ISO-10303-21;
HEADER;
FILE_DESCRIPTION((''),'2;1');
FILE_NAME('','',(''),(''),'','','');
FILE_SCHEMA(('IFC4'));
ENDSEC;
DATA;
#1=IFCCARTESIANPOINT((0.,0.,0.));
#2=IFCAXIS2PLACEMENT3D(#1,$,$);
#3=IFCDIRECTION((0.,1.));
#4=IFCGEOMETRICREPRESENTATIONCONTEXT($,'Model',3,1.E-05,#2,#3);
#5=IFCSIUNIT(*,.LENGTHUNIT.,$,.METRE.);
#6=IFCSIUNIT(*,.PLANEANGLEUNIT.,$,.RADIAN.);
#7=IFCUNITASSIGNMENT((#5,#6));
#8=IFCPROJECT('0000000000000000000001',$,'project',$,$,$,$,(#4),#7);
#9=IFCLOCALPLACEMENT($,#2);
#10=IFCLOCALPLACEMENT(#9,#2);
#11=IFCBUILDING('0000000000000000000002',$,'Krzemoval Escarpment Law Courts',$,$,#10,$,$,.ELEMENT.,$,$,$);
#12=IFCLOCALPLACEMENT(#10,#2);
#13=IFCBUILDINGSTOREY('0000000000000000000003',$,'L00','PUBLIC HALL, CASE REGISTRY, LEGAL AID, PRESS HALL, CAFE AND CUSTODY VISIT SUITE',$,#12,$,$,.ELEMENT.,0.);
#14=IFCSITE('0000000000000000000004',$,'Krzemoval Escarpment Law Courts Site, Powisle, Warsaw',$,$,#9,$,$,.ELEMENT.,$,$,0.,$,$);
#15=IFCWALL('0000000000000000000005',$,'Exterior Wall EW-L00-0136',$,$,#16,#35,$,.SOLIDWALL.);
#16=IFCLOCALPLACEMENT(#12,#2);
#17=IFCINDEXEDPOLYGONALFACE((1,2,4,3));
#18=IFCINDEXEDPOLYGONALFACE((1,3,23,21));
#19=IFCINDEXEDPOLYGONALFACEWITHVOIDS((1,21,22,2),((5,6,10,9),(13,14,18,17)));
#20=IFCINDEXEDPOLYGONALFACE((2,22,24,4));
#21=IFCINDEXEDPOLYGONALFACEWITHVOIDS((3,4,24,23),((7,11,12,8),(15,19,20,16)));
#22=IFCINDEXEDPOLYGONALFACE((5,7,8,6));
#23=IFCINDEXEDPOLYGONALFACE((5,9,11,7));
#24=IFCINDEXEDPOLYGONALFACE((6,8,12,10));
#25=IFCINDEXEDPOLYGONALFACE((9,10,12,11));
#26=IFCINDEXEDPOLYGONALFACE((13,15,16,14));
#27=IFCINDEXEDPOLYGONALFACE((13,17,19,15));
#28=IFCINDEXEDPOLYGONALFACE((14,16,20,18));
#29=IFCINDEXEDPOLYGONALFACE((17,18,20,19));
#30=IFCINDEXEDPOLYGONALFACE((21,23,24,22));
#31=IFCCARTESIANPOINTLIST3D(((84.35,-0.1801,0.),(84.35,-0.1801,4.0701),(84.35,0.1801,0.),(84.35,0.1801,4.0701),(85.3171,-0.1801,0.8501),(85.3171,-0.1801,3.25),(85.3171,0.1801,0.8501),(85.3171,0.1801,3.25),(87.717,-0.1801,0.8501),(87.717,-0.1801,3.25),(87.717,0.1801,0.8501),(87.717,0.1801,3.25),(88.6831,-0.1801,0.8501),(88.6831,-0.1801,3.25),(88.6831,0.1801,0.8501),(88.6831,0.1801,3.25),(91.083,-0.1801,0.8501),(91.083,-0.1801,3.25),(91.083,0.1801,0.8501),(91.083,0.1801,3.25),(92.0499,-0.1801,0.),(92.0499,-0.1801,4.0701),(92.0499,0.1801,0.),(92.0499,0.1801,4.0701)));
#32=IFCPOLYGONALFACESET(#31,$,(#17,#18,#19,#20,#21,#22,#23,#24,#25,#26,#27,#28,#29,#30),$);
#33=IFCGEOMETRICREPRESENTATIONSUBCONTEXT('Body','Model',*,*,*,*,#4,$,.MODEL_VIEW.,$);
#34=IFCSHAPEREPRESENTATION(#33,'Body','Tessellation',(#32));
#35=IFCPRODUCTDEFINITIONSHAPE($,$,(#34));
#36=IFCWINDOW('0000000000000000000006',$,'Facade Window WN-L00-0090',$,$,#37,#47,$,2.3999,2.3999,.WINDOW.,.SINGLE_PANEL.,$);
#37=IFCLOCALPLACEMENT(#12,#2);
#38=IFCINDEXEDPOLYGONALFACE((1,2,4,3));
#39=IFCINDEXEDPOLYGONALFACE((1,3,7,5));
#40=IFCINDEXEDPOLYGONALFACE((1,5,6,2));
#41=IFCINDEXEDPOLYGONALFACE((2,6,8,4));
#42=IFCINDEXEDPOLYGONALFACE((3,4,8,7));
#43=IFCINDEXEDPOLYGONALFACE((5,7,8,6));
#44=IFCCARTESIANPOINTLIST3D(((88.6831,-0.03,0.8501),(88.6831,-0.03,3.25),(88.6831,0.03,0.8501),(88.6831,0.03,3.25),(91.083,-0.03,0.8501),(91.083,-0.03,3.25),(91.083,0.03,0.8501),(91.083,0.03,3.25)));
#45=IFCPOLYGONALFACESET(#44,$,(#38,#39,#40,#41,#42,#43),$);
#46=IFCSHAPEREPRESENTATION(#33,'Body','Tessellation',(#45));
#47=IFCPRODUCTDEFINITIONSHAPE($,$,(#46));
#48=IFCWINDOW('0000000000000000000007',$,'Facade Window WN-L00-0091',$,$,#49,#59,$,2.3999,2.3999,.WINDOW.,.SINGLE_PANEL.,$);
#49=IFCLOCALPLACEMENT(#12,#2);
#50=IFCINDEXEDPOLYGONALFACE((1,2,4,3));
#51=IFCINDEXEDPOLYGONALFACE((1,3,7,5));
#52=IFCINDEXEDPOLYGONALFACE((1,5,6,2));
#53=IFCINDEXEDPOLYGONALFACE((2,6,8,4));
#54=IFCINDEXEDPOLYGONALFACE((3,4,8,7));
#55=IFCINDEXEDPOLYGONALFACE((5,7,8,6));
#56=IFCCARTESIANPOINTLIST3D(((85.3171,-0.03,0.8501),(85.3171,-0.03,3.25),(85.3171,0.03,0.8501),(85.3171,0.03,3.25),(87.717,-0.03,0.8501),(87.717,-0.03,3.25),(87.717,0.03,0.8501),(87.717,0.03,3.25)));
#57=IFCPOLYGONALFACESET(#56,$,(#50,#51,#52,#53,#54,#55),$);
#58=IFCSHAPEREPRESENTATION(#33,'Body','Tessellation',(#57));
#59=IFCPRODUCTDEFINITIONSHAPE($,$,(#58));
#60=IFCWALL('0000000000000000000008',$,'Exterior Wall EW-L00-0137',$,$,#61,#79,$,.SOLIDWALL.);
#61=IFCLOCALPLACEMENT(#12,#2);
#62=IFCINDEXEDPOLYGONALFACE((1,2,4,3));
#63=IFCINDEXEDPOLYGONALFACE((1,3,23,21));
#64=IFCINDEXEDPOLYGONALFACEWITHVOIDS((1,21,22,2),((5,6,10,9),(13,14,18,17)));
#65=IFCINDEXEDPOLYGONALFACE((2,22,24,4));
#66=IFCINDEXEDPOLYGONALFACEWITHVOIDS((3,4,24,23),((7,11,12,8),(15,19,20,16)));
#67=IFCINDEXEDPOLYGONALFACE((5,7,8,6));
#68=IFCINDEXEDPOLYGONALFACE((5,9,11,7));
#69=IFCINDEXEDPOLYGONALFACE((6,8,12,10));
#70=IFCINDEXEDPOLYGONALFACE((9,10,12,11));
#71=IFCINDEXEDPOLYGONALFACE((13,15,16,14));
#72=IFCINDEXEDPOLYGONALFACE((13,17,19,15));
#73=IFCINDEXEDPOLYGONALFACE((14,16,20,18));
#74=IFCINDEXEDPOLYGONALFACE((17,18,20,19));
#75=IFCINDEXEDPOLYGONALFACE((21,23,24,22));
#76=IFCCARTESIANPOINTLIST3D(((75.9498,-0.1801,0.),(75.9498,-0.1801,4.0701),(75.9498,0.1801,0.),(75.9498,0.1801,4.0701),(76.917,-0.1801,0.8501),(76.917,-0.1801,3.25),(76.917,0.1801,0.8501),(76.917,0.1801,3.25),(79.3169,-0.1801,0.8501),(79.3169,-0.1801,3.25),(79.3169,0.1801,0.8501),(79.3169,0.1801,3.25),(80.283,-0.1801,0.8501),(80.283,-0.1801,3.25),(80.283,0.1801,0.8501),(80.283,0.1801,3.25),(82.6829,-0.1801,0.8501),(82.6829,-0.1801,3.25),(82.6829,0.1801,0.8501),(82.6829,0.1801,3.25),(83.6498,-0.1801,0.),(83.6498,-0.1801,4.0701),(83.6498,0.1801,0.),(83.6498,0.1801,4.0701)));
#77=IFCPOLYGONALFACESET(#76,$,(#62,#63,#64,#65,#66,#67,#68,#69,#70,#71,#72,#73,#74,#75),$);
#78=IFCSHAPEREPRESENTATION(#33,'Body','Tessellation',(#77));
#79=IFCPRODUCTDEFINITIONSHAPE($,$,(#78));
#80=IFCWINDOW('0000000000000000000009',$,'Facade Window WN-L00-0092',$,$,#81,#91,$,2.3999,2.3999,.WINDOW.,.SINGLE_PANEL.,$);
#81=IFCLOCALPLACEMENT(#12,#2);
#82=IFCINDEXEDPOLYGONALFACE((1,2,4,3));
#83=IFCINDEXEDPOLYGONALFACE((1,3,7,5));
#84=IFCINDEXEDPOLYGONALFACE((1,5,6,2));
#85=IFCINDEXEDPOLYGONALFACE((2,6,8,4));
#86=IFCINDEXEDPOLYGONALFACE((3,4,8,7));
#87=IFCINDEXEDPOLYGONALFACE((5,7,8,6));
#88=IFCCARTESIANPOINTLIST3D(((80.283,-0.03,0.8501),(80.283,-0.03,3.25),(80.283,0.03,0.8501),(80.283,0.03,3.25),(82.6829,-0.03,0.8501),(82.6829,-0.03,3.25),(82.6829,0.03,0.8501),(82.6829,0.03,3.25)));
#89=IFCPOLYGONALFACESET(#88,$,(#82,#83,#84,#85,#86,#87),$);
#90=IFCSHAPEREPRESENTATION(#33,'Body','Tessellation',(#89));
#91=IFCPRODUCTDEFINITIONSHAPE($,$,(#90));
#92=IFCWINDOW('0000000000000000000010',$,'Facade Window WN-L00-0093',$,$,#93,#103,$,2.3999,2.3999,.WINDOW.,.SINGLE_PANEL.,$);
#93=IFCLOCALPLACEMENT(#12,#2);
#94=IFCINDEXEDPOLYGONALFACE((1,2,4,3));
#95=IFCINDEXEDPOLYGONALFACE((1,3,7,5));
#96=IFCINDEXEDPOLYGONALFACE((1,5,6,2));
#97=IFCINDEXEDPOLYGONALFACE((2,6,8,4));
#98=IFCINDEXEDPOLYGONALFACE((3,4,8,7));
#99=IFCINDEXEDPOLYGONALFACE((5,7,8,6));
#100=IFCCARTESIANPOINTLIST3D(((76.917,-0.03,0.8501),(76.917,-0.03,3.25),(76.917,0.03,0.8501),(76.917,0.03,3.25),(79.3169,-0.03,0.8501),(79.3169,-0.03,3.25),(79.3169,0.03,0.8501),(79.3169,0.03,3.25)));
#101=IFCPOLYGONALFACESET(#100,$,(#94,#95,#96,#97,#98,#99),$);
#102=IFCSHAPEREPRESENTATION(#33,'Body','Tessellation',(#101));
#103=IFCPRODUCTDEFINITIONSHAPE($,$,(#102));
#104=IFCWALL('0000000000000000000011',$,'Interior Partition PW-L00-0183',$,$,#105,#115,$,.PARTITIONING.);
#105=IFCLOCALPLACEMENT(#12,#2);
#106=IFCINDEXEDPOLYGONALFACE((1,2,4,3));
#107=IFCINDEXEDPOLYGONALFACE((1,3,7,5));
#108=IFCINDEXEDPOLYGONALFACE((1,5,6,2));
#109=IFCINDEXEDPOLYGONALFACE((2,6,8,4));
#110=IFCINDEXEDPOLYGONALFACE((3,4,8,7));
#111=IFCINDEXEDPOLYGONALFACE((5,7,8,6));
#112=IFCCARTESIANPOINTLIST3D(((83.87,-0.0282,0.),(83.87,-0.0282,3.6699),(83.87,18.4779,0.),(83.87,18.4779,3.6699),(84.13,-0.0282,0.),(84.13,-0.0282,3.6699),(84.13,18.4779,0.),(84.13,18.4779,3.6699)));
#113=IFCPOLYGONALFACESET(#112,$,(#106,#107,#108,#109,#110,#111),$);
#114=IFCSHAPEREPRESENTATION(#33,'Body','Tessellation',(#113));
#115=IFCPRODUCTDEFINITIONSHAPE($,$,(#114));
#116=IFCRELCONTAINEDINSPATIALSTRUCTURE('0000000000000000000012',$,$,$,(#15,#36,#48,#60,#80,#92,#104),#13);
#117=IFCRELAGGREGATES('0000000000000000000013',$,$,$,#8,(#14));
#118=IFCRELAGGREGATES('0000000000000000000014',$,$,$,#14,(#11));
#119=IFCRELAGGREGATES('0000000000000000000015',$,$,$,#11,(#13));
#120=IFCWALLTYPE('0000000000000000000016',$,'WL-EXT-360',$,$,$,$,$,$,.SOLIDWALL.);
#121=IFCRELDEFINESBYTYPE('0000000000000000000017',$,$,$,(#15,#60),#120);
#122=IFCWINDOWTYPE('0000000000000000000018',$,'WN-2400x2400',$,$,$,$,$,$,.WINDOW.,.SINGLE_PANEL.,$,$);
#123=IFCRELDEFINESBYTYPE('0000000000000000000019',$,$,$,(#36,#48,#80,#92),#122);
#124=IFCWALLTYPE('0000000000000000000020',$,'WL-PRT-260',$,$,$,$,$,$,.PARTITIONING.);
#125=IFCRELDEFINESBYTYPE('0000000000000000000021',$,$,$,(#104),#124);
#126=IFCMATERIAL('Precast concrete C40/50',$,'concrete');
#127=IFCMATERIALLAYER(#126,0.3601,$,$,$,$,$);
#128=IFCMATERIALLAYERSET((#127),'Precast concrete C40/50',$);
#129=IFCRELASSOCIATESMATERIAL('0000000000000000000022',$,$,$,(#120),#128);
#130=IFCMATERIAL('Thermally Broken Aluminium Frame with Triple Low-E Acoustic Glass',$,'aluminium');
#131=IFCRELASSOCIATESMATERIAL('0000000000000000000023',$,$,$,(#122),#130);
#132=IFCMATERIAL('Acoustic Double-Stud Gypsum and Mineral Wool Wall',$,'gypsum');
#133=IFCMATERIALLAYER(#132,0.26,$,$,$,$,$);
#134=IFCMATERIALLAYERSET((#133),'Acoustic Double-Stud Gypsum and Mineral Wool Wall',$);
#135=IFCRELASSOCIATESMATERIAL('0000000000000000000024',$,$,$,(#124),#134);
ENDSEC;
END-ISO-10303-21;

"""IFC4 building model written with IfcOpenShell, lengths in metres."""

from ifc_helpers import new_model, si_unit, direction, frame, frame_2d, origin, place, context, subcontext, project, spatial, rectangle, extrude, material, layer, layer_set, type_object, element, fill, save


model = new_model("IFC4")

# Units and contexts
model_context = context("Model", 3, precision=1e-05, world=origin(), true_north=direction((0.0, 1.0)))
body_context = subcontext(model_context, "Body", "Model", "MODEL_VIEW")
ifc_project = project(units=[si_unit("LENGTHUNIT", "METRE"), si_unit("PLANEANGLEUNIT", "RADIAN")], contexts=[model_context])

# Site, building, storey
site_placement = place(None, origin())
site = spatial("IfcSite", under=ifc_project, at=site_placement, Name="Krzemoval Escarpment Law Courts Site, Powisle, Warsaw", CompositionType="ELEMENT", RefElevation=0.0)
building_placement = place(site_placement, origin())
building = spatial("IfcBuilding", under=site, at=building_placement, Name="Krzemoval Escarpment Law Courts", CompositionType="ELEMENT")
storey_placement = place(building_placement, origin())
storey = spatial("IfcBuildingStorey", under=building, at=storey_placement, Name="L00", Description="PUBLIC HALL, CASE REGISTRY, LEGAL AID, PRESS HALL, CAFE AND CUSTODY VISIT SUITE", CompositionType="ELEMENT", Elevation=0.0)

# Walls, openings, windows
ifc_material_1 = material(Name="Precast concrete C40/50", Category="concrete")
ifc_layer_1 = layer(ifc_material_1, 0.3601)
ifc_layer_set_1 = layer_set([ifc_layer_1], Name="Precast concrete C40/50")
wall_type_1 = type_object("IfcWallType", Name="WL-EXT-360", PredefinedType="SOLIDWALL", material=ifc_layer_set_1)
wall_1_placement = place(storey_placement, frame((92.05, 0.0, 0.0), z_axis=(0.0, 0.0, 1.0), x_axis=(-1.0, 0.0, 0.0)))
wall_1 = element("IfcWall", 1, at=wall_1_placement, inside=storey, type_object=wall_type_1, Name="Exterior Wall EW-L00-0136", PredefinedType="SOLIDWALL", context=body_context, shape_type="SweptSolid", body=[
    extrude(rectangle(XDim=7.7, YDim=0.3601, at=frame_2d((3.8501, 0.0))), origin(), (0.0, 0.0, 1.0), 4.0701),
])
opening_1_placement = place(wall_1_placement, frame((0.967, 0.0, 0.8501)))
opening_1 = element("IfcOpeningElement", 2, at=opening_1_placement, cuts=wall_1, PredefinedType="OPENING", context=body_context, shape_type="SweptSolid", body=[
    extrude(rectangle(XDim=2.3999, YDim=2.3999, at=frame_2d((1.2, 1.2))), frame((0.0, 0.1951, 0.0), z_axis=(0.0, -1.0, 0.0), x_axis=(1.0, 0.0, 0.0)), (0.0, 0.0, 1.0), 0.3901),
])
opening_2_placement = place(wall_1_placement, frame((4.333, 0.0, 0.8501)))
opening_2 = element("IfcOpeningElement", 3, at=opening_2_placement, cuts=wall_1, PredefinedType="OPENING", context=body_context, shape_type="SweptSolid", body=[
    extrude(rectangle(XDim=2.3999, YDim=2.3999, at=frame_2d((1.2, 1.2))), frame((0.0, 0.1951, 0.0), z_axis=(0.0, -1.0, 0.0), x_axis=(1.0, 0.0, 0.0)), (0.0, 0.0, 1.0), 0.3901),
])
ifc_material_2 = material(Name="Thermally Broken Aluminium Frame with Triple Low-E Acoustic Glass", Category="aluminium")
window_type = type_object("IfcWindowType", Name="WN-2400x2400", PartitioningType="SINGLE_PANEL", PredefinedType="WINDOW", material=ifc_material_2)
window_1_placement = place(opening_1_placement, origin())
window_1 = element("IfcWindow", 4, at=window_1_placement, inside=storey, type_object=window_type, Name="Facade Window WN-L00-0090", OverallHeight=2.3999, OverallWidth=2.3999, PartitioningType="SINGLE_PANEL", PredefinedType="WINDOW", context=body_context, shape_type="SweptSolid", body=[
    extrude(rectangle(XDim=2.3999, YDim=2.3999, at=frame_2d((1.2, 1.2))), frame((0.0, 0.03, 0.0), z_axis=(0.0, -1.0, 0.0), x_axis=(1.0, 0.0, 0.0)), (0.0, 0.0, 1.0), 0.0601),
])
fill(opening_1, window_1)
window_2_placement = place(opening_2_placement, origin())
window_2 = element("IfcWindow", 5, at=window_2_placement, inside=storey, type_object=window_type, Name="Facade Window WN-L00-0091", OverallHeight=2.3999, OverallWidth=2.3999, PartitioningType="SINGLE_PANEL", PredefinedType="WINDOW", context=body_context, shape_type="SweptSolid", body=[
    extrude(rectangle(XDim=2.3999, YDim=2.3999, at=frame_2d((1.2, 1.2))), frame((0.0, 0.03, 0.0), z_axis=(0.0, -1.0, 0.0), x_axis=(1.0, 0.0, 0.0)), (0.0, 0.0, 1.0), 0.0601),
])
fill(opening_2, window_2)
wall_2_placement = place(storey_placement, frame((83.6499, 0.0, 0.0), z_axis=(0.0, 0.0, 1.0), x_axis=(-1.0, 0.0, 0.0)))
wall_2 = element("IfcWall", 6, at=wall_2_placement, inside=storey, type_object=wall_type_1, Name="Exterior Wall EW-L00-0137", PredefinedType="SOLIDWALL", context=body_context, shape_type="SweptSolid", body=[
    extrude(rectangle(XDim=7.7, YDim=0.3601, at=frame_2d((3.8501, 0.0))), origin(), (0.0, 0.0, 1.0), 4.0701),
])
opening_3_placement = place(wall_2_placement, frame((0.967, 0.0, 0.8501)))
opening_3 = element("IfcOpeningElement", 7, at=opening_3_placement, cuts=wall_2, PredefinedType="OPENING", context=body_context, shape_type="SweptSolid", body=[
    extrude(rectangle(XDim=2.3999, YDim=2.3999, at=frame_2d((1.2, 1.2))), frame((0.0, 0.1951, 0.0), z_axis=(0.0, -1.0, 0.0), x_axis=(1.0, 0.0, 0.0)), (0.0, 0.0, 1.0), 0.3901),
])
opening_4_placement = place(wall_2_placement, frame((4.333, 0.0, 0.8501)))
opening_4 = element("IfcOpeningElement", 8, at=opening_4_placement, cuts=wall_2, PredefinedType="OPENING", context=body_context, shape_type="SweptSolid", body=[
    extrude(rectangle(XDim=2.3999, YDim=2.3999, at=frame_2d((1.2, 1.2))), frame((0.0, 0.1951, 0.0), z_axis=(0.0, -1.0, 0.0), x_axis=(1.0, 0.0, 0.0)), (0.0, 0.0, 1.0), 0.3901),
])
window_3_placement = place(opening_3_placement, origin())
window_3 = element("IfcWindow", 9, at=window_3_placement, inside=storey, type_object=window_type, Name="Facade Window WN-L00-0092", OverallHeight=2.3999, OverallWidth=2.3999, PartitioningType="SINGLE_PANEL", PredefinedType="WINDOW", context=body_context, shape_type="SweptSolid", body=[
    extrude(rectangle(XDim=2.3999, YDim=2.3999, at=frame_2d((1.2, 1.2))), frame((0.0, 0.03, 0.0), z_axis=(0.0, -1.0, 0.0), x_axis=(1.0, 0.0, 0.0)), (0.0, 0.0, 1.0), 0.0601),
])
fill(opening_3, window_3)
window_4_placement = place(opening_4_placement, origin())
window_4 = element("IfcWindow", 10, at=window_4_placement, inside=storey, type_object=window_type, Name="Facade Window WN-L00-0093", OverallHeight=2.3999, OverallWidth=2.3999, PartitioningType="SINGLE_PANEL", PredefinedType="WINDOW", context=body_context, shape_type="SweptSolid", body=[
    extrude(rectangle(XDim=2.3999, YDim=2.3999, at=frame_2d((1.2, 1.2))), frame((0.0, 0.03, 0.0), z_axis=(0.0, -1.0, 0.0), x_axis=(1.0, 0.0, 0.0)), (0.0, 0.0, 1.0), 0.0601),
])
fill(opening_4, window_4)

# Wall
ifc_material_3 = material(Name="Acoustic Double-Stud Gypsum and Mineral Wool Wall", Category="gypsum")
ifc_layer_2 = layer(ifc_material_3, 0.26)
ifc_layer_set_2 = layer_set([ifc_layer_2], Name="Acoustic Double-Stud Gypsum and Mineral Wool Wall")
wall_type_2 = type_object("IfcWallType", Name="WL-PRT-260", PredefinedType="PARTITIONING", material=ifc_layer_set_2)
wall_3_placement = place(storey_placement, frame((84.0, -0.0281, 0.0), z_axis=(0.0, 0.0, 1.0), x_axis=(0.0, 1.0, 0.0)))
element("IfcWall", 11, at=wall_3_placement, inside=storey, type_object=wall_type_2, Name="Interior Partition PW-L00-0183", PredefinedType="PARTITIONING", context=body_context, shape_type="SweptSolid", body=[
    extrude(rectangle(XDim=18.5061, YDim=0.26, at=frame_2d((9.2529, 0.0))), origin(), (0.0, 0.0, 1.0), 3.6699),
])

save(model, "model.ifc")
